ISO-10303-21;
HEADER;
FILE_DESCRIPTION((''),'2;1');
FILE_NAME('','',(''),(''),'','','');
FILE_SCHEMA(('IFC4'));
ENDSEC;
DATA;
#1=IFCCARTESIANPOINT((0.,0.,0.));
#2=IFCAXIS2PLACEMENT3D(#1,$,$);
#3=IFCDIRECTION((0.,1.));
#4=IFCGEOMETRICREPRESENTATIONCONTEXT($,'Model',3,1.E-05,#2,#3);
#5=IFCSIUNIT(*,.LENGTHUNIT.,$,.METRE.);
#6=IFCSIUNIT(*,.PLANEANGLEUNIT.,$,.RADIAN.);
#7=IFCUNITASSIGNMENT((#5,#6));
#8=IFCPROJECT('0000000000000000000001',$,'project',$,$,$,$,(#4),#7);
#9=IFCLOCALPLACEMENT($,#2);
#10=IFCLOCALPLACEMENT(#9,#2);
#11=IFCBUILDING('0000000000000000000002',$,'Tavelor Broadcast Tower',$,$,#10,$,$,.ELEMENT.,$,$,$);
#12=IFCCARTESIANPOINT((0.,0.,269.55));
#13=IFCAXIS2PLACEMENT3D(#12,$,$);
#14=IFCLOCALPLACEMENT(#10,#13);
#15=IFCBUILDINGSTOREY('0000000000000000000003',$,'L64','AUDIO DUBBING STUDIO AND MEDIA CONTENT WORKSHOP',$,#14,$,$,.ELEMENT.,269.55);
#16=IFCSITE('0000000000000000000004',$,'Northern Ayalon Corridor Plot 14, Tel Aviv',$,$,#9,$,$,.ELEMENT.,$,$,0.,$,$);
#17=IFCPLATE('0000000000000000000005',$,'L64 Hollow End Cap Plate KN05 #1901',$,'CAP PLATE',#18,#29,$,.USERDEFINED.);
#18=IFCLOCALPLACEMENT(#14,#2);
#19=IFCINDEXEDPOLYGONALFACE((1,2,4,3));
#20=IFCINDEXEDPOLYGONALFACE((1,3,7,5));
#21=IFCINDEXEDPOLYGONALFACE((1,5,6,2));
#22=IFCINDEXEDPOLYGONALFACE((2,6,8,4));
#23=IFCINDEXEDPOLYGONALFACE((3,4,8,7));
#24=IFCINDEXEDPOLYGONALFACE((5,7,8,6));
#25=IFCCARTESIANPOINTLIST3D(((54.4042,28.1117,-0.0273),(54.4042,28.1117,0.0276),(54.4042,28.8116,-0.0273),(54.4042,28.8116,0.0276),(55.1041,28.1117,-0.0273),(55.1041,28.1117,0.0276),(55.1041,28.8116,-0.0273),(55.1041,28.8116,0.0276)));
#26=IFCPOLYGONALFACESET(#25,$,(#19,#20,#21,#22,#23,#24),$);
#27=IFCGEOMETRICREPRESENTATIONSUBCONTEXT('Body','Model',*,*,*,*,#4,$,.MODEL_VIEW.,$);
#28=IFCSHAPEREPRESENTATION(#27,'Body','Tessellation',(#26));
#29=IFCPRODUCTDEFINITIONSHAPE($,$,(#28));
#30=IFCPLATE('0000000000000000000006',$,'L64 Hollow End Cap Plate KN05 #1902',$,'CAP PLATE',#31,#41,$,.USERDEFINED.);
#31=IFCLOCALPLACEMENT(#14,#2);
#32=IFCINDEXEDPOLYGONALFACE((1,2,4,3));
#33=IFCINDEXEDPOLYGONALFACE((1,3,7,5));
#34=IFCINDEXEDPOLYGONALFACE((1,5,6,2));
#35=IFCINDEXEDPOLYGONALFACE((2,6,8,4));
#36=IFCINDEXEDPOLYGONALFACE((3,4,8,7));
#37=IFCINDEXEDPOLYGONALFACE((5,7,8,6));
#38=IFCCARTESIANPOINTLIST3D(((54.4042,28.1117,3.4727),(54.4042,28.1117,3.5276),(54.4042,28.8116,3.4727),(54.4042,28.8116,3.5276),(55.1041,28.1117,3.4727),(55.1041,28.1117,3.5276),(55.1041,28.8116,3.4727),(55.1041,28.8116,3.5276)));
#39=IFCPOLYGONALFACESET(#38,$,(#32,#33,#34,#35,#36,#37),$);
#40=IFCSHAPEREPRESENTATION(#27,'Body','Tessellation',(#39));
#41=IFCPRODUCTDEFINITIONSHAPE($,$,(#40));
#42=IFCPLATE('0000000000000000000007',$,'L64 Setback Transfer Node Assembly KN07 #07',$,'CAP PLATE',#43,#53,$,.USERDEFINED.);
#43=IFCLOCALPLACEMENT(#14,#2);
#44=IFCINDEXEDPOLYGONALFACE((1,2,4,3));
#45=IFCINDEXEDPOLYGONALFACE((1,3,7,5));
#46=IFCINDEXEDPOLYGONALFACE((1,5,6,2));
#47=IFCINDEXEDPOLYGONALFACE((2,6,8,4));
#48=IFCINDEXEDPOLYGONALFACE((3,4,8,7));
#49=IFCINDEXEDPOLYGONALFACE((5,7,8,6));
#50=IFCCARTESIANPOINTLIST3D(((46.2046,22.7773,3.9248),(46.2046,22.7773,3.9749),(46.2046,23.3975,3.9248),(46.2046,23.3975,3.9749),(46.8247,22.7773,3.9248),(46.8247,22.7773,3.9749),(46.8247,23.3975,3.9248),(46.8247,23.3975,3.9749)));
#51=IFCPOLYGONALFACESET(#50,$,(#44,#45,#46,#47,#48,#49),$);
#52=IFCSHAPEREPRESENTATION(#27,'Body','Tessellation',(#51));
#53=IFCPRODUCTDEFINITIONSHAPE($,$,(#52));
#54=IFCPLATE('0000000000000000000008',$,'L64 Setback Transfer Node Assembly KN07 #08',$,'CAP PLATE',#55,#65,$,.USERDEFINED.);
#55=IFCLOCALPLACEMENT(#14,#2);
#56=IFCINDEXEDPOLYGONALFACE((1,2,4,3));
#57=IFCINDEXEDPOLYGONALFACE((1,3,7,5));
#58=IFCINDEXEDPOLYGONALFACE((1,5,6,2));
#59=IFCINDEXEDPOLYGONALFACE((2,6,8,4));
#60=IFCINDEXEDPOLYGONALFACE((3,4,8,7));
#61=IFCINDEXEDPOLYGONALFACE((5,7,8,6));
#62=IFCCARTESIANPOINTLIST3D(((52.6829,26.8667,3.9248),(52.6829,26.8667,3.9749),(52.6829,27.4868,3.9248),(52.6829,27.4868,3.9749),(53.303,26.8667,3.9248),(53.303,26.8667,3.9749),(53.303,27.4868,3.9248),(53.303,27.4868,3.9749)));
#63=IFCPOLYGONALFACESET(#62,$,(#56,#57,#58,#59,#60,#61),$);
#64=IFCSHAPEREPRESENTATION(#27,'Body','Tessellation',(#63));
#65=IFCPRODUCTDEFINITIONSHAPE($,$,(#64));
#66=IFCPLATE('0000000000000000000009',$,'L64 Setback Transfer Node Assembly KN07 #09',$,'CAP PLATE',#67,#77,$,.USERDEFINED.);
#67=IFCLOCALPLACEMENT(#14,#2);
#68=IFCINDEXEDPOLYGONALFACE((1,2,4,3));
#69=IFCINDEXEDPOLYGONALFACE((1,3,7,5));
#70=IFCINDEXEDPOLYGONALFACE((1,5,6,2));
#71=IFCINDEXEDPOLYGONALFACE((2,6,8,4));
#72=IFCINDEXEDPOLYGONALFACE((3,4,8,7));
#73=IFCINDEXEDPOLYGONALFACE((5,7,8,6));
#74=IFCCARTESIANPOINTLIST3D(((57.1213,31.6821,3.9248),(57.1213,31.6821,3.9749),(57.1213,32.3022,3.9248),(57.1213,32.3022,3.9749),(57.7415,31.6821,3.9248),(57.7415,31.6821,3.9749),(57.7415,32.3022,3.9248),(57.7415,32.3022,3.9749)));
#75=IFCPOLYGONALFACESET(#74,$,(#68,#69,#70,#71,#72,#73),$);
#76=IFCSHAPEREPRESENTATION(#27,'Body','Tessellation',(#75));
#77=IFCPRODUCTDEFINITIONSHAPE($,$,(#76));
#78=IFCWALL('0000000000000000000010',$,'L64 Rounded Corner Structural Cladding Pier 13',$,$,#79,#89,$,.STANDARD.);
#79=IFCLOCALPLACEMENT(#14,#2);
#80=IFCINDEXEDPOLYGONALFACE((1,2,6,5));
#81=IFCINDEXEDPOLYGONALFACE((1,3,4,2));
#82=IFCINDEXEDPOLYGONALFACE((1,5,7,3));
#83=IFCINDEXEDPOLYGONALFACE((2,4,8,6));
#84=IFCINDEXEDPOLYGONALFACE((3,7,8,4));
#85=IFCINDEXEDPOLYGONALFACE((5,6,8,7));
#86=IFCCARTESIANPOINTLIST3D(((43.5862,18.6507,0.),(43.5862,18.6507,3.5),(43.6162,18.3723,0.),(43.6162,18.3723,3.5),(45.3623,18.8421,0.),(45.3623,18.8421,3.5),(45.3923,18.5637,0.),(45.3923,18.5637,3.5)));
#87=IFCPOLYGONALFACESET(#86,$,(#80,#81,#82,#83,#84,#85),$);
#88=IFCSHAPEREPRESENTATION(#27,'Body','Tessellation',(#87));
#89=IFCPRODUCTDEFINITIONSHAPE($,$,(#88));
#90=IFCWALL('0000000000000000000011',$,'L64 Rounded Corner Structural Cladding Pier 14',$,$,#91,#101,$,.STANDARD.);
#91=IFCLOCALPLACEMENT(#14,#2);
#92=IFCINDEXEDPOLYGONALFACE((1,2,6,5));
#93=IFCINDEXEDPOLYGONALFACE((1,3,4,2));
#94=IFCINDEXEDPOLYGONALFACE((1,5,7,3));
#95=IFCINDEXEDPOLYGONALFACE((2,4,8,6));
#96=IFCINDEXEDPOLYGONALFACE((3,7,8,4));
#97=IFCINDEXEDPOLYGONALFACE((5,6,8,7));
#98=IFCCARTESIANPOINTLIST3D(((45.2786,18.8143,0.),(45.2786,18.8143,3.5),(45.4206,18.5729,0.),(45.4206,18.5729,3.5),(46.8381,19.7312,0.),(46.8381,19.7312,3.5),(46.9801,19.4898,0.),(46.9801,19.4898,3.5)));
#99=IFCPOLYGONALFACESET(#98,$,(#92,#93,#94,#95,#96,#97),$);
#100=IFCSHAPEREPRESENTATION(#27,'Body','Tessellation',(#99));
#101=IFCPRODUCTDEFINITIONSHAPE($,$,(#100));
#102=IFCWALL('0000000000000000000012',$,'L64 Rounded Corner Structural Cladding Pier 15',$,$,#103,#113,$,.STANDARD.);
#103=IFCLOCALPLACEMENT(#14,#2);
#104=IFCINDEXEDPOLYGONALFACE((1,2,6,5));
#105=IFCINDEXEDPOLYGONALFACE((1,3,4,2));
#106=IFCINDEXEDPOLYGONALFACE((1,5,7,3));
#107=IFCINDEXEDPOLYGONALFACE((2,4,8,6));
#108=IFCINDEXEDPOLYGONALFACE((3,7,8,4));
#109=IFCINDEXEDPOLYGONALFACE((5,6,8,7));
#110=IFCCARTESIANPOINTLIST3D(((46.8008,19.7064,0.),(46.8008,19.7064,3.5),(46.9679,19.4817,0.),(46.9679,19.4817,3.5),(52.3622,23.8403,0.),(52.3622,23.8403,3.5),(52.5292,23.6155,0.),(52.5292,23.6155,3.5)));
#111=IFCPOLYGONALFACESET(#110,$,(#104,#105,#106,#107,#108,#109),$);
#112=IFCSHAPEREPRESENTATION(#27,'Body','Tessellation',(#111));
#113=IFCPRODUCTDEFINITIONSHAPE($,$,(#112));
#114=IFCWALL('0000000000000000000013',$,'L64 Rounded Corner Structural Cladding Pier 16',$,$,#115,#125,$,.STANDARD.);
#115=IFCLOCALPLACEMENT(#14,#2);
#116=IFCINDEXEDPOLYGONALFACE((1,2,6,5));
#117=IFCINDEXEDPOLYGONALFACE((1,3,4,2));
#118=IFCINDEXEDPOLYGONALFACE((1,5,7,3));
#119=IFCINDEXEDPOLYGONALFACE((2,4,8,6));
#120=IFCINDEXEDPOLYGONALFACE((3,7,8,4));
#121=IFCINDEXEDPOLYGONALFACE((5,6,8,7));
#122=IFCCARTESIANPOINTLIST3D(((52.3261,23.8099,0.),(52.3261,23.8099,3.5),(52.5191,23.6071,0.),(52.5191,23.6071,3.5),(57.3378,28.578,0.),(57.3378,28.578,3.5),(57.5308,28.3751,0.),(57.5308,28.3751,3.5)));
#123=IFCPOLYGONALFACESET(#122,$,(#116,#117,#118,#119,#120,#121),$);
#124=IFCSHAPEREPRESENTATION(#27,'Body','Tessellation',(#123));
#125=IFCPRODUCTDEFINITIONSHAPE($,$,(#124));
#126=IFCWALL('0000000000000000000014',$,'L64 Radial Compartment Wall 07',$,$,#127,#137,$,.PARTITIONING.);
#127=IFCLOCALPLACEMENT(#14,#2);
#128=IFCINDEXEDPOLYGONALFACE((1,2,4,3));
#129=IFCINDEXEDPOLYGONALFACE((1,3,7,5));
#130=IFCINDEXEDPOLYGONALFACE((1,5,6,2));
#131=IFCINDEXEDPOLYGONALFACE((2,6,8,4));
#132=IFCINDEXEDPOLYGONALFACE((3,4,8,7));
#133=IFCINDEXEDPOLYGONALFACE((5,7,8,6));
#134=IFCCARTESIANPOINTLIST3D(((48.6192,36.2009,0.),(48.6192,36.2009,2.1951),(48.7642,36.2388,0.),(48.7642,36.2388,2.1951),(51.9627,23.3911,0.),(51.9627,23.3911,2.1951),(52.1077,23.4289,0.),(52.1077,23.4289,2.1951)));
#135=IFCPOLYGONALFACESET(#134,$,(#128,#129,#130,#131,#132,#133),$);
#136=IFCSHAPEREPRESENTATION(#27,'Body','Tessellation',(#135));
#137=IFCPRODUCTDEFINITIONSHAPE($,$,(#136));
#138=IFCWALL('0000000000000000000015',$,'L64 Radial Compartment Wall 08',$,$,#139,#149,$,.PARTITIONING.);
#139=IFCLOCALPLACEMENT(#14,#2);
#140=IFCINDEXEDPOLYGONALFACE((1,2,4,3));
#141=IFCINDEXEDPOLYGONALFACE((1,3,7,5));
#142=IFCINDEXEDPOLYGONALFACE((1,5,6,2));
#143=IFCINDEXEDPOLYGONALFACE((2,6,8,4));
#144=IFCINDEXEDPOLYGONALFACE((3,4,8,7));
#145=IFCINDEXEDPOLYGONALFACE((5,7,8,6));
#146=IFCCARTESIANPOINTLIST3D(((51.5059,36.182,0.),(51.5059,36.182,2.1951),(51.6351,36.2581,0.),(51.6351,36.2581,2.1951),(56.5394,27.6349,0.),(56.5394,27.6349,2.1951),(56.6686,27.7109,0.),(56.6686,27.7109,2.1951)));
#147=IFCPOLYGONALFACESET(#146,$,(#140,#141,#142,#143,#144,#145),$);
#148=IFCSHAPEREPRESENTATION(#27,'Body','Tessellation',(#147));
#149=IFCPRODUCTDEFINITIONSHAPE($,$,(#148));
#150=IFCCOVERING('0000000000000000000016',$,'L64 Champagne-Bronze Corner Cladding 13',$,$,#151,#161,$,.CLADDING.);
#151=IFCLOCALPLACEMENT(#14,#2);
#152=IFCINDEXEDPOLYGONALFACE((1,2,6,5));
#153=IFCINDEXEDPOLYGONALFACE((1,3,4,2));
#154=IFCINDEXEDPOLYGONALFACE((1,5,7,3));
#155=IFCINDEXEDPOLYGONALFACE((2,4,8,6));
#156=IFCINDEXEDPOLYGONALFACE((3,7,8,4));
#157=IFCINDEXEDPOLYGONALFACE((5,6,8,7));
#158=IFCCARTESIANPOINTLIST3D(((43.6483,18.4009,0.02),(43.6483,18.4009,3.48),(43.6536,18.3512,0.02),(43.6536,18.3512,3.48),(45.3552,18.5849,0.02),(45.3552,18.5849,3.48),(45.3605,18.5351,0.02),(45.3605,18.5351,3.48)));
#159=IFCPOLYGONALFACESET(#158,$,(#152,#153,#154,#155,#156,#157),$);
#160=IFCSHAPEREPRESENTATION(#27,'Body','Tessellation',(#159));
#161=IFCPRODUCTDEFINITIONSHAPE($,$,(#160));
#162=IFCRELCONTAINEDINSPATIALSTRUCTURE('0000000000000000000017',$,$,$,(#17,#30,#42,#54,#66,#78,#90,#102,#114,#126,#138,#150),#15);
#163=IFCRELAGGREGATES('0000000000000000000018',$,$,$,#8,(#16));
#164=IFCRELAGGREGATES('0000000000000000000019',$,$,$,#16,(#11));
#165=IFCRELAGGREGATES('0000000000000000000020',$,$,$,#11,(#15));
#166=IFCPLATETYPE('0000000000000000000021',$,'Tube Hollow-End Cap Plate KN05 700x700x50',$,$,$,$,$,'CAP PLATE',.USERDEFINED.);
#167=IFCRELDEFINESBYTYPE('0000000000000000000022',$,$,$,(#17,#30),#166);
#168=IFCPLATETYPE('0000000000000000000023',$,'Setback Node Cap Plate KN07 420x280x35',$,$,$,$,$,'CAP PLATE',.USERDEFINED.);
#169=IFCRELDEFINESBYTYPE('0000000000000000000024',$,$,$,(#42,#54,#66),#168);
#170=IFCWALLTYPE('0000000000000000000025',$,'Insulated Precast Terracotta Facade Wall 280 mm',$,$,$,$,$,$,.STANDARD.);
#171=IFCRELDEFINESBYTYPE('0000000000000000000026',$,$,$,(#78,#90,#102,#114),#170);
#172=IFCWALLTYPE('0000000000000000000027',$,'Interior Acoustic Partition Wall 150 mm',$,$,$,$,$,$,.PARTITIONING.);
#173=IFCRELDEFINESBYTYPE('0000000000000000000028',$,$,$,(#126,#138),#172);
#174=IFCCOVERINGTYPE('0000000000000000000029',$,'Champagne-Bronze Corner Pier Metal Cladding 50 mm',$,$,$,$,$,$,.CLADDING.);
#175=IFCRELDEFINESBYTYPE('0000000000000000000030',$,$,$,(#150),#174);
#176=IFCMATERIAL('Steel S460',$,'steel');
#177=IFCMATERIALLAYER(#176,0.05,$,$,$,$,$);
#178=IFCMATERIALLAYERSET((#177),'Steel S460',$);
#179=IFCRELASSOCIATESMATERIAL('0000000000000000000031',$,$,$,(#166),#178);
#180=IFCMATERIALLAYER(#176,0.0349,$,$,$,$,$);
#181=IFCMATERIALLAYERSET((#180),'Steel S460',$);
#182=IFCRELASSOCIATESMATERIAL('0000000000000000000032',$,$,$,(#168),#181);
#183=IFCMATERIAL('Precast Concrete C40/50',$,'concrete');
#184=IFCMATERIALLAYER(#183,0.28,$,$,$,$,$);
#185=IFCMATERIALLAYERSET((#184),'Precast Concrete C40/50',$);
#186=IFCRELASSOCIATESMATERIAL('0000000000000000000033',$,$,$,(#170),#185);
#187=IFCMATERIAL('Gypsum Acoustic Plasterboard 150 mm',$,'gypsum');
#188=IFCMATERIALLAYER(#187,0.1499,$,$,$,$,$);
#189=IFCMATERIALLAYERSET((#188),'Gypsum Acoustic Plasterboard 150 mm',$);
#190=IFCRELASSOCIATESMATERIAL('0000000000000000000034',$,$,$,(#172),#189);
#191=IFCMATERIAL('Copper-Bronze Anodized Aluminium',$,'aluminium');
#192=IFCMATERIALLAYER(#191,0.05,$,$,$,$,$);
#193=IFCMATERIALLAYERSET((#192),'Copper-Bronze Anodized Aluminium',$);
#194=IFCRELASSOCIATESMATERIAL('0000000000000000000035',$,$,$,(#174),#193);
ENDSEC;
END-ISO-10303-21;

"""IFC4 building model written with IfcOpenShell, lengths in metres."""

from ifc_helpers import new_model, si_unit, direction, frame, frame_2d, origin, origin_2d, place, context, subcontext, project, spatial, rectangle, extrude, source, transform, mapped, material, layer, layer_set, type_object, type_shapes, element, save


model = new_model("IFC4")

# Units and contexts
model_context = context("Model", 3, precision=1e-05, world=origin(), true_north=direction((0.0, 1.0)))
body_context = subcontext(model_context, "Body", "Model", "MODEL_VIEW")
ifc_project = project(units=[si_unit("LENGTHUNIT", "METRE"), si_unit("PLANEANGLEUNIT", "RADIAN")], contexts=[model_context])

# Site, building, storey
site_placement = place(None, origin())
site = spatial("IfcSite", under=ifc_project, at=site_placement, Name="Northern Ayalon Corridor Plot 14, Tel Aviv", CompositionType="ELEMENT", RefElevation=0.0)
building_placement = place(site_placement, origin())
building = spatial("IfcBuilding", under=site, at=building_placement, Name="Tavelor Broadcast Tower", CompositionType="ELEMENT")
storey_placement = place(building_placement, frame((0.0, 0.0, 269.55)))
storey = spatial("IfcBuildingStorey", under=building, at=storey_placement, Name="L64", Description="AUDIO DUBBING STUDIO AND MEDIA CONTENT WORKSHOP", CompositionType="ELEMENT", Elevation=269.55)

# Shared definitions
ifc_material_1 = material(Name="Steel S460", Category="steel")

# Plates
ifc_layer_1 = layer(ifc_material_1, 0.05)
ifc_layer_set_1 = layer_set([ifc_layer_1], Name="Steel S460")
plate_type_1 = type_object("IfcPlateType", Name="Tube Hollow-End Cap Plate KN05 700x700x50", ElementType="CAP PLATE", PredefinedType="USERDEFINED", material=ifc_layer_set_1)
shared_shape_1 = source(origin(), body_context, "Body", "SweptSolid", [
    extrude(rectangle(XDim=0.7, YDim=0.7, at=origin_2d()), origin(), (0.0, 0.0, 1.0), 0.0549),
])
type_shapes(plate_type_1, [shared_shape_1])
for number, where, z_axis, x_axis, name in (
    (1, (54.7542, 28.4617, -0.0273), (0.0, 0.0, 1.0), (1.0, 0.0, 0.0), "L64 Hollow End Cap Plate KN05 #1901"),
    (2, (54.7542, 28.4617, 3.4727), (0.0, 0.0, 1.0), (1.0, 0.0, 0.0), "L64 Hollow End Cap Plate KN05 #1902"),
):
    element("IfcPlate", number, at=place(storey_placement, frame(where, z_axis=z_axis, x_axis=x_axis)), inside=storey, type_object=plate_type_1, Name=name, ObjectType="CAP PLATE", PredefinedType="USERDEFINED", context=body_context, shape_type="MappedRepresentation", body=[
        mapped(shared_shape_1, transform((0.0, 0.0, 0.0), scale=1.0)),
    ])
ifc_layer_2 = layer(ifc_material_1, 0.0349)
ifc_layer_set_2 = layer_set([ifc_layer_2], Name="Steel S460")
plate_type_2 = type_object("IfcPlateType", Name="Setback Node Cap Plate KN07 420x280x35", ElementType="CAP PLATE", PredefinedType="USERDEFINED", material=ifc_layer_set_2)
shared_shape_2 = source(origin(), body_context, "Body", "SweptSolid", [
    extrude(rectangle(XDim=0.6201, YDim=0.6201, at=origin_2d()), origin(), (0.0, 0.0, 1.0), 0.05),
])
type_shapes(plate_type_2, [shared_shape_2])
for number, where, z_axis, x_axis, name in (
    (3, (46.5146, 23.0874, 3.9248), (0.0, 0.0, 1.0), (1.0, 0.0, 0.0), "L64 Setback Transfer Node Assembly KN07 #07"),
    (4, (52.9929, 27.1768, 3.9248), (0.0, 0.0, 1.0), (1.0, 0.0, 0.0), "L64 Setback Transfer Node Assembly KN07 #08"),
    (5, (57.4314, 31.9922, 3.9248), (0.0, 0.0, 1.0), (1.0, 0.0, 0.0), "L64 Setback Transfer Node Assembly KN07 #09"),
):
    element("IfcPlate", number, at=place(storey_placement, frame(where, z_axis=z_axis, x_axis=x_axis)), inside=storey, type_object=plate_type_2, Name=name, ObjectType="CAP PLATE", PredefinedType="USERDEFINED", context=body_context, shape_type="MappedRepresentation", body=[
        mapped(shared_shape_2, transform((0.0, 0.0, 0.0), scale=1.0)),
    ])

# Walls
ifc_material_2 = material(Name="Precast Concrete C40/50", Category="concrete")
ifc_layer_3 = layer(ifc_material_2, 0.28)
ifc_layer_set_3 = layer_set([ifc_layer_3], Name="Precast Concrete C40/50")
wall_type_1 = type_object("IfcWallType", Name="Insulated Precast Terracotta Facade Wall 280 mm", PredefinedType="STANDARD", material=ifc_layer_set_3)
wall_1_placement = place(storey_placement, frame((43.6013, 18.5115, 0.0), z_axis=(0.0, 0.0, 1.0), x_axis=(0.994243, 0.107146, 0.0)))
element("IfcWall", 6, at=wall_1_placement, inside=storey, type_object=wall_type_1, Name="L64 Rounded Corner Structural Cladding Pier 13", PredefinedType="STANDARD", context=body_context, shape_type="SweptSolid", body=[
    extrude(rectangle(XDim=1.7864, YDim=0.28, at=frame_2d((0.8931, 0.0))), origin(), (0.0, 0.0, 1.0), 3.5),
])
wall_2_placement = place(storey_placement, frame((45.3496, 18.6936, 0.0), z_axis=(0.0, 0.0, 1.0), x_axis=(0.862031, 0.506855, 0.0)))
element("IfcWall", 7, at=wall_2_placement, inside=storey, type_object=wall_type_1, Name="L64 Rounded Corner Structural Cladding Pier 14", PredefinedType="STANDARD", context=body_context, shape_type="SweptSolid", body=[
    extrude(rectangle(XDim=1.8091, YDim=0.28, at=frame_2d((0.9045, 0.0))), origin(), (0.0, 0.0, 1.0), 3.5),
])
wall_3_placement = place(storey_placement, frame((46.8843, 19.594, 0.0), z_axis=(0.0, 0.0, 1.0), x_axis=(0.802567, 0.596561, 0.0)))
element("IfcWall", 8, at=wall_3_placement, inside=storey, type_object=wall_type_1, Name="L64 Rounded Corner Structural Cladding Pier 15", PredefinedType="STANDARD", context=body_context, shape_type="SweptSolid", body=[
    extrude(rectangle(XDim=6.9294, YDim=0.28, at=frame_2d((3.4648, 0.0))), origin(), (0.0, 0.0, 1.0), 3.5),
])
wall_4_placement = place(storey_placement, frame((52.4226, 23.7085, 0.0), z_axis=(0.0, 0.0, 1.0), x_axis=(0.724499, 0.689276, 0.0)))
element("IfcWall", 9, at=wall_4_placement, inside=storey, type_object=wall_type_1, Name="L64 Rounded Corner Structural Cladding Pier 16", PredefinedType="STANDARD", context=body_context, shape_type="SweptSolid", body=[
    extrude(rectangle(XDim=6.9175, YDim=0.28, at=frame_2d((3.4587, 0.0))), origin(), (0.0, 0.0, 1.0), 3.5),
])
ifc_material_3 = material(Name="Gypsum Acoustic Plasterboard 150 mm", Category="gypsum")
ifc_layer_4 = layer(ifc_material_3, 0.1499)
ifc_layer_set_4 = layer_set([ifc_layer_4], Name="Gypsum Acoustic Plasterboard 150 mm")
wall_type_2 = type_object("IfcWallType", Name="Interior Acoustic Partition Wall 150 mm", PredefinedType="PARTITIONING", material=ifc_layer_set_4)
wall_5_placement = place(storey_placement, frame((48.6917, 36.22, 0.0), z_axis=(0.0, 0.0, 1.0), x_axis=(0.25255, -0.967584, 0.0)))
element("IfcWall", 10, at=wall_5_placement, inside=storey, type_object=wall_type_2, Name="L64 Radial Compartment Wall 07", PredefinedType="PARTITIONING", context=body_context, shape_type="SweptSolid", body=[
    extrude(rectangle(XDim=13.239, YDim=0.1499, at=frame_2d((6.6196, 0.0))), origin(), (0.0, 0.0, 1.0), 2.1951),
])
wall_6_placement = place(storey_placement, frame((51.5706, 36.22, 0.0), z_axis=(0.0, 0.0, 1.0), x_axis=(0.507449, -0.861682, 0.0)))
element("IfcWall", 11, at=wall_6_placement, inside=storey, type_object=wall_type_2, Name="L64 Radial Compartment Wall 08", PredefinedType="PARTITIONING", context=body_context, shape_type="SweptSolid", body=[
    extrude(rectangle(XDim=9.9192, YDim=0.1499, at=frame_2d((4.9595, 0.0))), origin(), (0.0, 0.0, 1.0), 2.1951),
])

# Covering
ifc_material_4 = material(Name="Copper-Bronze Anodized Aluminium", Category="aluminium")
ifc_layer_5 = layer(ifc_material_4, 0.05)
ifc_layer_set_5 = layer_set([ifc_layer_5], Name="Copper-Bronze Anodized Aluminium")
covering_type = type_object("IfcCoveringType", Name="Champagne-Bronze Corner Pier Metal Cladding 50 mm", PredefinedType="CLADDING", material=ifc_layer_set_5)
covering_placement = place(storey_placement, frame((44.5044, 18.468, 0.02), z_axis=(0.0, 0.0, 1.0), x_axis=(0.994245, 0.107132, 0.0)))
element("IfcCovering", 12, at=covering_placement, inside=storey, type_object=covering_type, Name="L64 Champagne-Bronze Corner Cladding 13", PredefinedType="CLADDING", context=body_context, shape_type="SweptSolid", body=[
    extrude(rectangle(XDim=1.7168, YDim=0.05, at=origin_2d()), origin(), (0.0, 0.0, 1.0), 3.46),
])

save(model, "model.ifc")
